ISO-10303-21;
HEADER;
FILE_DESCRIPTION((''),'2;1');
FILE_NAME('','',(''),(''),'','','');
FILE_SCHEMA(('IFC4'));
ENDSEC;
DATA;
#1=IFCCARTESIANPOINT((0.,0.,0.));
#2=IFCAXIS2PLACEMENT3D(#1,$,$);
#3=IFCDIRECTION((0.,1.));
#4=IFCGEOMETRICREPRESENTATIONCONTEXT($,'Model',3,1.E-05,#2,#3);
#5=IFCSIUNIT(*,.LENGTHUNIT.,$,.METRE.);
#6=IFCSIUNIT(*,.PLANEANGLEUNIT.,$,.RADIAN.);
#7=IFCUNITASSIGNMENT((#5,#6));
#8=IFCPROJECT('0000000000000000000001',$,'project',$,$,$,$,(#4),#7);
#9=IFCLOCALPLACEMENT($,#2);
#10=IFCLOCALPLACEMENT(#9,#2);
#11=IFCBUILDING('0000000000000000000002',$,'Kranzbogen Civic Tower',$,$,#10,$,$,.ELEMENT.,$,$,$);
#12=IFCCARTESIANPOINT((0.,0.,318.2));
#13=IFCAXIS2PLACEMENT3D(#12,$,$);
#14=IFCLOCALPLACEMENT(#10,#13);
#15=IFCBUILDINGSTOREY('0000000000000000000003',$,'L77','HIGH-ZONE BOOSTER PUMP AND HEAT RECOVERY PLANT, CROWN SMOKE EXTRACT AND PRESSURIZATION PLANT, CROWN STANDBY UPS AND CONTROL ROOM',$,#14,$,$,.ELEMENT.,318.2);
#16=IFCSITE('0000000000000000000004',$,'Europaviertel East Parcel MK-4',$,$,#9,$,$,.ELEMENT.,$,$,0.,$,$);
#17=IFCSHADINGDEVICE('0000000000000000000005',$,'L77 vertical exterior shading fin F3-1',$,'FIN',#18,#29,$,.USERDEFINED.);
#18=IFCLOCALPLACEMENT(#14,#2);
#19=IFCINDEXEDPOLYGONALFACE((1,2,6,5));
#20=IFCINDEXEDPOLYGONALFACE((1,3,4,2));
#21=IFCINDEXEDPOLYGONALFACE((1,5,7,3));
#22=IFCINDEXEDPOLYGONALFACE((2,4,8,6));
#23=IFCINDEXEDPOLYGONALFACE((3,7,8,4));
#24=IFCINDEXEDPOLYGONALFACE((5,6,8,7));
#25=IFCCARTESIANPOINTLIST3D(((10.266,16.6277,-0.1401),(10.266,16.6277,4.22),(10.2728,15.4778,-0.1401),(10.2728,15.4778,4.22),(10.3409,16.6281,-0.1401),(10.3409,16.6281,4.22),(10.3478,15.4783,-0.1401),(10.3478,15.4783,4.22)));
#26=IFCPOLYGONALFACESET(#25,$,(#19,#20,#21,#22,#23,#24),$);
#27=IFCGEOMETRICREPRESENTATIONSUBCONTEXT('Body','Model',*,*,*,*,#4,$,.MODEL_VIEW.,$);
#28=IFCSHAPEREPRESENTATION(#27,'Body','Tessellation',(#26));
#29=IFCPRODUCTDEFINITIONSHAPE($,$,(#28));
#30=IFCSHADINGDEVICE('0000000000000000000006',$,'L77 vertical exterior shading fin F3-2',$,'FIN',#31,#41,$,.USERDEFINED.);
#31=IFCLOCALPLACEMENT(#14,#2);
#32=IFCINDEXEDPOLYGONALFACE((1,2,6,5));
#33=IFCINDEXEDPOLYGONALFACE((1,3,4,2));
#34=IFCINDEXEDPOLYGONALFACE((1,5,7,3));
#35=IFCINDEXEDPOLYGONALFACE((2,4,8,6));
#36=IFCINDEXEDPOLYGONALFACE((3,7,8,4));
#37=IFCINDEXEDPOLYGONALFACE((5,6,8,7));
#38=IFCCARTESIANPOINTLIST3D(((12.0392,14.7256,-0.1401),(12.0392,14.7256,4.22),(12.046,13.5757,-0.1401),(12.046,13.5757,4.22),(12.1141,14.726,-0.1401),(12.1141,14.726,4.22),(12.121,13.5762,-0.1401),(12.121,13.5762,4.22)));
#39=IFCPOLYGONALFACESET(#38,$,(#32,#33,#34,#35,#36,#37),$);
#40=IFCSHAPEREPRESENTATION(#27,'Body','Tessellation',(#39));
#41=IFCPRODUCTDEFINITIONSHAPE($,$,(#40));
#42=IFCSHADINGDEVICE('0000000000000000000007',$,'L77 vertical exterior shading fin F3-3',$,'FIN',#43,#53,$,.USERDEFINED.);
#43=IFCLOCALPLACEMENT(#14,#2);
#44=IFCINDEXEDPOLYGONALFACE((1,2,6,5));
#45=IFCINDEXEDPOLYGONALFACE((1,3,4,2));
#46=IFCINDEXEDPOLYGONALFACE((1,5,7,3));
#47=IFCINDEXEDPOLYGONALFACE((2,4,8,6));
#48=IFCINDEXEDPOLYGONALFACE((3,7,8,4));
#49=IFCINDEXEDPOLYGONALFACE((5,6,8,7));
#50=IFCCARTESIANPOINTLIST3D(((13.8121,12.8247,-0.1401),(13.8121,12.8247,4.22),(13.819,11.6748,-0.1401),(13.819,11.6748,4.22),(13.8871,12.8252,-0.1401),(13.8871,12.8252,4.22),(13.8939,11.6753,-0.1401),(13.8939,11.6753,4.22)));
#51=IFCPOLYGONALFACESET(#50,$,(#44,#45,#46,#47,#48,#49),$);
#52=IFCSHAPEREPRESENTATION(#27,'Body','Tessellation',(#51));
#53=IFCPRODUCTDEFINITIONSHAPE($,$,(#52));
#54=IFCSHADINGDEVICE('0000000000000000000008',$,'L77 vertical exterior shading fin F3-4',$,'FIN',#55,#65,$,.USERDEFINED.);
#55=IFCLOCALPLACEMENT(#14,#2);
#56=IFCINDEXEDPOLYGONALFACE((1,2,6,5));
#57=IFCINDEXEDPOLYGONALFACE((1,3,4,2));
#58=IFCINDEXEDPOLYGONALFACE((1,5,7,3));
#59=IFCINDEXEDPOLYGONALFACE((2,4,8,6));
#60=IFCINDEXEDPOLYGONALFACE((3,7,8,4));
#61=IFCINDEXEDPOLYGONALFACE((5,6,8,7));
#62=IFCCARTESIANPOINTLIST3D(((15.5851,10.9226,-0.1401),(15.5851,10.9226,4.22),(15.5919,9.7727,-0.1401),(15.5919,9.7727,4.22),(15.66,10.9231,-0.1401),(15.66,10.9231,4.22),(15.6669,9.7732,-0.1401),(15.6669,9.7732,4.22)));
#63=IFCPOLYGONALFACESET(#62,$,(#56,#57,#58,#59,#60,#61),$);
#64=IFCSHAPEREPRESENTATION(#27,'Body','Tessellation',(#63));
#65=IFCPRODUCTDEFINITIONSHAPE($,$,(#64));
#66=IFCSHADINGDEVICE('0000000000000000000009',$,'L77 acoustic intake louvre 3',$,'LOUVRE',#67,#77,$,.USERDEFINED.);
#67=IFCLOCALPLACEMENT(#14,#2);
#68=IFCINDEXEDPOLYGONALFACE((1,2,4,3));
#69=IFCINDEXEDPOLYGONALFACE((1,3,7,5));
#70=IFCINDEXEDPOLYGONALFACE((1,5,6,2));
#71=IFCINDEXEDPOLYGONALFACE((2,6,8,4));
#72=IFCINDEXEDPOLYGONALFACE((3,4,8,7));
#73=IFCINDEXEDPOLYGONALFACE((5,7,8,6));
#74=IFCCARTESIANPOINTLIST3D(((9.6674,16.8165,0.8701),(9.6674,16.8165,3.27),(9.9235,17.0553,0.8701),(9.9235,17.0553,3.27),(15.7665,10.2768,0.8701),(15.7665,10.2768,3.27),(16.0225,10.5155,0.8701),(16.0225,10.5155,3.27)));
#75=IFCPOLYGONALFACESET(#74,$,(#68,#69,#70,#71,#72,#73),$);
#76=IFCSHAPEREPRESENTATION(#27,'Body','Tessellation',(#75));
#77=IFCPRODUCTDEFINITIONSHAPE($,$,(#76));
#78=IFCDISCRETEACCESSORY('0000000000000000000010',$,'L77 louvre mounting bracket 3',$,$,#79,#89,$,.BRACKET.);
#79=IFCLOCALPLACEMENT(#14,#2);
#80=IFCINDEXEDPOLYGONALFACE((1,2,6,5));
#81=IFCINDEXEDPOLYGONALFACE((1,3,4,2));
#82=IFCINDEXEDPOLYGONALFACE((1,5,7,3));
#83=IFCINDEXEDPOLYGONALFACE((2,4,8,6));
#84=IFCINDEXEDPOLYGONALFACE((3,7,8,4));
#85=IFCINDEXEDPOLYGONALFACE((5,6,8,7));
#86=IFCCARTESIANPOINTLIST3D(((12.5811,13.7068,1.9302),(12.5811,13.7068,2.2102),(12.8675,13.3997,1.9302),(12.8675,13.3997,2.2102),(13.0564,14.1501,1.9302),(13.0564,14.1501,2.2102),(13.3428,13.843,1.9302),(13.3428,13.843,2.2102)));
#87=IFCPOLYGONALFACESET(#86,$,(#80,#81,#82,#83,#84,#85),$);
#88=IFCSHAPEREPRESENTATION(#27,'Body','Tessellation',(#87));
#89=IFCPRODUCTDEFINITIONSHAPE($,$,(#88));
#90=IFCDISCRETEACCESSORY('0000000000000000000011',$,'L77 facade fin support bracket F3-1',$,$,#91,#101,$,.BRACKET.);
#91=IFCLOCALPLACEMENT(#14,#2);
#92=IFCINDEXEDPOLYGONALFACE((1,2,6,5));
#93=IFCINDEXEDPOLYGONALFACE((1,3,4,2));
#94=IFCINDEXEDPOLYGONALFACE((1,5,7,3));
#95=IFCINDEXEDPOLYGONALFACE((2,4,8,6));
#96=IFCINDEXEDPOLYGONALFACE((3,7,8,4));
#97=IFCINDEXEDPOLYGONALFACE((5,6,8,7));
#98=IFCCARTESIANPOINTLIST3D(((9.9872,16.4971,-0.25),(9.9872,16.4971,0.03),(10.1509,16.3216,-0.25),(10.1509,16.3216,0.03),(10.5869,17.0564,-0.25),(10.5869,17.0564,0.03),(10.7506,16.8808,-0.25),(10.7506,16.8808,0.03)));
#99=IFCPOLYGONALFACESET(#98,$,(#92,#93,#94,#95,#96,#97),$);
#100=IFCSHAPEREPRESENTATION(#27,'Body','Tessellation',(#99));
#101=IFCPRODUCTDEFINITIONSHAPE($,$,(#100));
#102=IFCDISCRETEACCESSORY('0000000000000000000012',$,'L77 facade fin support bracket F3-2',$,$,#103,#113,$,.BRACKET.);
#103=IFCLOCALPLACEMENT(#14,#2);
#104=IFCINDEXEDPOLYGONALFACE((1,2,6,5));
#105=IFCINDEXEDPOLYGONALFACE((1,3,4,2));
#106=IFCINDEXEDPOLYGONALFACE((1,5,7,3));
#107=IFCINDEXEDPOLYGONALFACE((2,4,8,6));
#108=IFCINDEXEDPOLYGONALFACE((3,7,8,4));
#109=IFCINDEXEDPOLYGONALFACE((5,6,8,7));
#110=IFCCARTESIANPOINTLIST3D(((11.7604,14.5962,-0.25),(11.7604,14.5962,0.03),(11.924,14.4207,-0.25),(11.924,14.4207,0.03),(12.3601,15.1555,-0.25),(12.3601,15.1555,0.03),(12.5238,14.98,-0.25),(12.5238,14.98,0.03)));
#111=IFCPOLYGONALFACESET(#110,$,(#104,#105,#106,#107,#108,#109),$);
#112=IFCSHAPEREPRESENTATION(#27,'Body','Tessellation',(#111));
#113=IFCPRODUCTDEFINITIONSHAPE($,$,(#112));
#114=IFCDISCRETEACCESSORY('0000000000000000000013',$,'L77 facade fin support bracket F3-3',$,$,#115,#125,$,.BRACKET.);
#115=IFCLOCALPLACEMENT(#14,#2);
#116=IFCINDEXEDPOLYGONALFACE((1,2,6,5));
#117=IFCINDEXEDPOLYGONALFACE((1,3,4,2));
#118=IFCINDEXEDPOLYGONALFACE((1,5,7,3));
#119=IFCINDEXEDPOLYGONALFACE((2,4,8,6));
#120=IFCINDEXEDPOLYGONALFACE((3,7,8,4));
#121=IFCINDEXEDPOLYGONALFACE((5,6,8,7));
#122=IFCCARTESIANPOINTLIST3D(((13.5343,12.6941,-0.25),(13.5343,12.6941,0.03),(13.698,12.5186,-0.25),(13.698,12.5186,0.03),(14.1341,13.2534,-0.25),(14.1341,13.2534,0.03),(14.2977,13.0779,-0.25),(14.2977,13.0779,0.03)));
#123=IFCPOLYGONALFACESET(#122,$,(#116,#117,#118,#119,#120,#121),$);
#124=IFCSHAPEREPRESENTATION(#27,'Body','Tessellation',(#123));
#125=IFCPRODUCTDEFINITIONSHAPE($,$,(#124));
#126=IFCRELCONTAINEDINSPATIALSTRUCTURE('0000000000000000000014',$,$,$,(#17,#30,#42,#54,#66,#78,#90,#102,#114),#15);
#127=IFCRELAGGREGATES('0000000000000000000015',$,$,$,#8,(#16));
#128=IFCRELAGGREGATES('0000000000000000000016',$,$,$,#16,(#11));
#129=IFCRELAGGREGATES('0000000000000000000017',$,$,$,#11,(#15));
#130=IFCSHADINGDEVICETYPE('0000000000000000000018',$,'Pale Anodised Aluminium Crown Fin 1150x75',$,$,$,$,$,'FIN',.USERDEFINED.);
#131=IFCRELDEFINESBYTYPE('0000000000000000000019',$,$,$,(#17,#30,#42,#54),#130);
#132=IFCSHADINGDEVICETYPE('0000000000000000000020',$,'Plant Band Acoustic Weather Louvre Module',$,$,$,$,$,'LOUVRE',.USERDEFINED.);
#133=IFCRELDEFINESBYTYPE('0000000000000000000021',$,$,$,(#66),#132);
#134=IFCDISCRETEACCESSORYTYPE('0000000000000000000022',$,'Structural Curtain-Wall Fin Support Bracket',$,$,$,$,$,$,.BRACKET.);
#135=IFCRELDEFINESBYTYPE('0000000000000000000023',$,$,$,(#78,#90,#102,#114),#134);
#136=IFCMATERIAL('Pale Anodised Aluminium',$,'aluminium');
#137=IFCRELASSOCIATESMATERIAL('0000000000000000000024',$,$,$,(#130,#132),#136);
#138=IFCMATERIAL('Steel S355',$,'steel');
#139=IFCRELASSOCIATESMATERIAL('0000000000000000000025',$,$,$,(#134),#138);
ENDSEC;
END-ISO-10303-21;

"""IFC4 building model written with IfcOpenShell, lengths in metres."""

from ifc_helpers import new_model, si_unit, direction, frame, origin, origin_2d, place, context, subcontext, project, spatial, rectangle, extrude, material, type_object, element, save


model = new_model("IFC4")

# Units and contexts
model_context = context("Model", 3, precision=1e-05, world=origin(), true_north=direction((0.0, 1.0)))
body_context = subcontext(model_context, "Body", "Model", "MODEL_VIEW")
ifc_project = project(units=[si_unit("LENGTHUNIT", "METRE"), si_unit("PLANEANGLEUNIT", "RADIAN")], contexts=[model_context])

# Site, building, storey
site_placement = place(None, origin())
site = spatial("IfcSite", under=ifc_project, at=site_placement, Name="Europaviertel East Parcel MK-4", CompositionType="ELEMENT", RefElevation=0.0)
building_placement = place(site_placement, origin())
building = spatial("IfcBuilding", under=site, at=building_placement, Name="Kranzbogen Civic Tower", CompositionType="ELEMENT")
storey_placement = place(building_placement, frame((0.0, 0.0, 318.2)))
storey = spatial("IfcBuildingStorey", under=building, at=storey_placement, Name="L77", Description="HIGH-ZONE BOOSTER PUMP AND HEAT RECOVERY PLANT, CROWN SMOKE EXTRACT AND PRESSURIZATION PLANT, CROWN STANDBY UPS AND CONTROL ROOM", CompositionType="ELEMENT", Elevation=318.2)

# Shared definitions
ifc_material_1 = material(Name="Steel S355", Category="steel")

# Shared definitions
ifc_material_2 = material(Name="Pale Anodised Aluminium", Category="aluminium")

# Shading devices
shading_device_type_1 = type_object("IfcShadingDeviceType", Name="Pale Anodised Aluminium Crown Fin 1150x75", ElementType="FIN", PredefinedType="USERDEFINED", material=ifc_material_2)
for number, where, z_axis, x_axis, name in (
    (1, (10.3069, 16.053, -0.1401), (0.0, 0.0, 1.0), (0.005969, -0.999982, 0.0), "L77 vertical exterior shading fin F3-1"),
    (2, (12.0801, 14.1509, -0.1401), (0.0, 0.0, 1.0), (0.005969, -0.999982, 0.0), "L77 vertical exterior shading fin F3-2"),
    (3, (13.853, 12.25, -0.1401), (0.0, 0.0, 1.0), (0.005969, -0.999982, 0.0), "L77 vertical exterior shading fin F3-3"),
    (4, (15.626, 10.3479, -0.1401), (0.0, 0.0, 1.0), (0.005969, -0.999982, 0.0), "L77 vertical exterior shading fin F3-4"),
):
    element("IfcShadingDevice", number, at=place(storey_placement, frame(where, z_axis=z_axis, x_axis=x_axis)), inside=storey, type_object=shading_device_type_1, Name=name, ObjectType="FIN", PredefinedType="USERDEFINED", context=body_context, shape_type="SweptSolid", body=[
        extrude(rectangle(XDim=1.1499, YDim=0.075, at=origin_2d()), origin(), (0.0, 0.0, 1.0), 4.3601),
    ])
shading_device_type_2 = type_object("IfcShadingDeviceType", Name="Plant Band Acoustic Weather Louvre Module", ElementType="LOUVRE", PredefinedType="USERDEFINED", material=ifc_material_2)
shading_device_placement = place(storey_placement, frame((12.845, 13.666, 0.8701), z_axis=(0.0, 0.0, 1.0), x_axis=(0.682037, -0.731318, 0.0)))
element("IfcShadingDevice", 5, at=shading_device_placement, inside=storey, type_object=shading_device_type_2, Name="L77 acoustic intake louvre 3", ObjectType="LOUVRE", PredefinedType="USERDEFINED", context=body_context, shape_type="SweptSolid", body=[
    extrude(rectangle(XDim=8.9424, YDim=0.3501, at=origin_2d()), origin(), (0.0, 0.0, 1.0), 2.3999),
])

# Discrete accessories
discrete_accessory_type = type_object("IfcDiscreteAccessoryType", Name="Structural Curtain-Wall Fin Support Bracket", PredefinedType="BRACKET", material=ifc_material_1)
discrete_accessory_placement = place(storey_placement, frame((12.9619, 13.7749, 1.9302), z_axis=(0.0, 0.0, 1.0), x_axis=(-0.731354, -0.681998, 0.0)))
element("IfcDiscreteAccessory", 6, at=discrete_accessory_placement, inside=storey, type_object=discrete_accessory_type, Name="L77 louvre mounting bracket 3", PredefinedType="BRACKET", context=body_context, shape_type="SweptSolid", body=[
    extrude(rectangle(XDim=0.6499, YDim=0.4199, at=origin_2d()), origin(), (0.0, 0.0, 1.0), 0.28),
])
for number, where, z_axis, x_axis, name in (
    (7, (10.3689, 16.689, -0.25), (0.0, 0.0, 1.0), (-0.731354, -0.681998, 0.0), "L77 facade fin support bracket F3-1"),
    (8, (12.1421, 14.7881, -0.25), (0.0, 0.0, 1.0), (-0.731354, -0.681998, 0.0), "L77 facade fin support bracket F3-2"),
    (9, (13.916, 12.886, -0.25), (0.0, 0.0, 1.0), (-0.731354, -0.681998, 0.0), "L77 facade fin support bracket F3-3"),
):
    element("IfcDiscreteAccessory", number, at=place(storey_placement, frame(where, z_axis=z_axis, x_axis=x_axis)), inside=storey, type_object=discrete_accessory_type, Name=name, PredefinedType="BRACKET", context=body_context, shape_type="SweptSolid", body=[
        extrude(rectangle(XDim=0.8201, YDim=0.24, at=origin_2d()), origin(), (0.0, 0.0, 1.0), 0.28),
    ])

save(model, "model.ifc")
